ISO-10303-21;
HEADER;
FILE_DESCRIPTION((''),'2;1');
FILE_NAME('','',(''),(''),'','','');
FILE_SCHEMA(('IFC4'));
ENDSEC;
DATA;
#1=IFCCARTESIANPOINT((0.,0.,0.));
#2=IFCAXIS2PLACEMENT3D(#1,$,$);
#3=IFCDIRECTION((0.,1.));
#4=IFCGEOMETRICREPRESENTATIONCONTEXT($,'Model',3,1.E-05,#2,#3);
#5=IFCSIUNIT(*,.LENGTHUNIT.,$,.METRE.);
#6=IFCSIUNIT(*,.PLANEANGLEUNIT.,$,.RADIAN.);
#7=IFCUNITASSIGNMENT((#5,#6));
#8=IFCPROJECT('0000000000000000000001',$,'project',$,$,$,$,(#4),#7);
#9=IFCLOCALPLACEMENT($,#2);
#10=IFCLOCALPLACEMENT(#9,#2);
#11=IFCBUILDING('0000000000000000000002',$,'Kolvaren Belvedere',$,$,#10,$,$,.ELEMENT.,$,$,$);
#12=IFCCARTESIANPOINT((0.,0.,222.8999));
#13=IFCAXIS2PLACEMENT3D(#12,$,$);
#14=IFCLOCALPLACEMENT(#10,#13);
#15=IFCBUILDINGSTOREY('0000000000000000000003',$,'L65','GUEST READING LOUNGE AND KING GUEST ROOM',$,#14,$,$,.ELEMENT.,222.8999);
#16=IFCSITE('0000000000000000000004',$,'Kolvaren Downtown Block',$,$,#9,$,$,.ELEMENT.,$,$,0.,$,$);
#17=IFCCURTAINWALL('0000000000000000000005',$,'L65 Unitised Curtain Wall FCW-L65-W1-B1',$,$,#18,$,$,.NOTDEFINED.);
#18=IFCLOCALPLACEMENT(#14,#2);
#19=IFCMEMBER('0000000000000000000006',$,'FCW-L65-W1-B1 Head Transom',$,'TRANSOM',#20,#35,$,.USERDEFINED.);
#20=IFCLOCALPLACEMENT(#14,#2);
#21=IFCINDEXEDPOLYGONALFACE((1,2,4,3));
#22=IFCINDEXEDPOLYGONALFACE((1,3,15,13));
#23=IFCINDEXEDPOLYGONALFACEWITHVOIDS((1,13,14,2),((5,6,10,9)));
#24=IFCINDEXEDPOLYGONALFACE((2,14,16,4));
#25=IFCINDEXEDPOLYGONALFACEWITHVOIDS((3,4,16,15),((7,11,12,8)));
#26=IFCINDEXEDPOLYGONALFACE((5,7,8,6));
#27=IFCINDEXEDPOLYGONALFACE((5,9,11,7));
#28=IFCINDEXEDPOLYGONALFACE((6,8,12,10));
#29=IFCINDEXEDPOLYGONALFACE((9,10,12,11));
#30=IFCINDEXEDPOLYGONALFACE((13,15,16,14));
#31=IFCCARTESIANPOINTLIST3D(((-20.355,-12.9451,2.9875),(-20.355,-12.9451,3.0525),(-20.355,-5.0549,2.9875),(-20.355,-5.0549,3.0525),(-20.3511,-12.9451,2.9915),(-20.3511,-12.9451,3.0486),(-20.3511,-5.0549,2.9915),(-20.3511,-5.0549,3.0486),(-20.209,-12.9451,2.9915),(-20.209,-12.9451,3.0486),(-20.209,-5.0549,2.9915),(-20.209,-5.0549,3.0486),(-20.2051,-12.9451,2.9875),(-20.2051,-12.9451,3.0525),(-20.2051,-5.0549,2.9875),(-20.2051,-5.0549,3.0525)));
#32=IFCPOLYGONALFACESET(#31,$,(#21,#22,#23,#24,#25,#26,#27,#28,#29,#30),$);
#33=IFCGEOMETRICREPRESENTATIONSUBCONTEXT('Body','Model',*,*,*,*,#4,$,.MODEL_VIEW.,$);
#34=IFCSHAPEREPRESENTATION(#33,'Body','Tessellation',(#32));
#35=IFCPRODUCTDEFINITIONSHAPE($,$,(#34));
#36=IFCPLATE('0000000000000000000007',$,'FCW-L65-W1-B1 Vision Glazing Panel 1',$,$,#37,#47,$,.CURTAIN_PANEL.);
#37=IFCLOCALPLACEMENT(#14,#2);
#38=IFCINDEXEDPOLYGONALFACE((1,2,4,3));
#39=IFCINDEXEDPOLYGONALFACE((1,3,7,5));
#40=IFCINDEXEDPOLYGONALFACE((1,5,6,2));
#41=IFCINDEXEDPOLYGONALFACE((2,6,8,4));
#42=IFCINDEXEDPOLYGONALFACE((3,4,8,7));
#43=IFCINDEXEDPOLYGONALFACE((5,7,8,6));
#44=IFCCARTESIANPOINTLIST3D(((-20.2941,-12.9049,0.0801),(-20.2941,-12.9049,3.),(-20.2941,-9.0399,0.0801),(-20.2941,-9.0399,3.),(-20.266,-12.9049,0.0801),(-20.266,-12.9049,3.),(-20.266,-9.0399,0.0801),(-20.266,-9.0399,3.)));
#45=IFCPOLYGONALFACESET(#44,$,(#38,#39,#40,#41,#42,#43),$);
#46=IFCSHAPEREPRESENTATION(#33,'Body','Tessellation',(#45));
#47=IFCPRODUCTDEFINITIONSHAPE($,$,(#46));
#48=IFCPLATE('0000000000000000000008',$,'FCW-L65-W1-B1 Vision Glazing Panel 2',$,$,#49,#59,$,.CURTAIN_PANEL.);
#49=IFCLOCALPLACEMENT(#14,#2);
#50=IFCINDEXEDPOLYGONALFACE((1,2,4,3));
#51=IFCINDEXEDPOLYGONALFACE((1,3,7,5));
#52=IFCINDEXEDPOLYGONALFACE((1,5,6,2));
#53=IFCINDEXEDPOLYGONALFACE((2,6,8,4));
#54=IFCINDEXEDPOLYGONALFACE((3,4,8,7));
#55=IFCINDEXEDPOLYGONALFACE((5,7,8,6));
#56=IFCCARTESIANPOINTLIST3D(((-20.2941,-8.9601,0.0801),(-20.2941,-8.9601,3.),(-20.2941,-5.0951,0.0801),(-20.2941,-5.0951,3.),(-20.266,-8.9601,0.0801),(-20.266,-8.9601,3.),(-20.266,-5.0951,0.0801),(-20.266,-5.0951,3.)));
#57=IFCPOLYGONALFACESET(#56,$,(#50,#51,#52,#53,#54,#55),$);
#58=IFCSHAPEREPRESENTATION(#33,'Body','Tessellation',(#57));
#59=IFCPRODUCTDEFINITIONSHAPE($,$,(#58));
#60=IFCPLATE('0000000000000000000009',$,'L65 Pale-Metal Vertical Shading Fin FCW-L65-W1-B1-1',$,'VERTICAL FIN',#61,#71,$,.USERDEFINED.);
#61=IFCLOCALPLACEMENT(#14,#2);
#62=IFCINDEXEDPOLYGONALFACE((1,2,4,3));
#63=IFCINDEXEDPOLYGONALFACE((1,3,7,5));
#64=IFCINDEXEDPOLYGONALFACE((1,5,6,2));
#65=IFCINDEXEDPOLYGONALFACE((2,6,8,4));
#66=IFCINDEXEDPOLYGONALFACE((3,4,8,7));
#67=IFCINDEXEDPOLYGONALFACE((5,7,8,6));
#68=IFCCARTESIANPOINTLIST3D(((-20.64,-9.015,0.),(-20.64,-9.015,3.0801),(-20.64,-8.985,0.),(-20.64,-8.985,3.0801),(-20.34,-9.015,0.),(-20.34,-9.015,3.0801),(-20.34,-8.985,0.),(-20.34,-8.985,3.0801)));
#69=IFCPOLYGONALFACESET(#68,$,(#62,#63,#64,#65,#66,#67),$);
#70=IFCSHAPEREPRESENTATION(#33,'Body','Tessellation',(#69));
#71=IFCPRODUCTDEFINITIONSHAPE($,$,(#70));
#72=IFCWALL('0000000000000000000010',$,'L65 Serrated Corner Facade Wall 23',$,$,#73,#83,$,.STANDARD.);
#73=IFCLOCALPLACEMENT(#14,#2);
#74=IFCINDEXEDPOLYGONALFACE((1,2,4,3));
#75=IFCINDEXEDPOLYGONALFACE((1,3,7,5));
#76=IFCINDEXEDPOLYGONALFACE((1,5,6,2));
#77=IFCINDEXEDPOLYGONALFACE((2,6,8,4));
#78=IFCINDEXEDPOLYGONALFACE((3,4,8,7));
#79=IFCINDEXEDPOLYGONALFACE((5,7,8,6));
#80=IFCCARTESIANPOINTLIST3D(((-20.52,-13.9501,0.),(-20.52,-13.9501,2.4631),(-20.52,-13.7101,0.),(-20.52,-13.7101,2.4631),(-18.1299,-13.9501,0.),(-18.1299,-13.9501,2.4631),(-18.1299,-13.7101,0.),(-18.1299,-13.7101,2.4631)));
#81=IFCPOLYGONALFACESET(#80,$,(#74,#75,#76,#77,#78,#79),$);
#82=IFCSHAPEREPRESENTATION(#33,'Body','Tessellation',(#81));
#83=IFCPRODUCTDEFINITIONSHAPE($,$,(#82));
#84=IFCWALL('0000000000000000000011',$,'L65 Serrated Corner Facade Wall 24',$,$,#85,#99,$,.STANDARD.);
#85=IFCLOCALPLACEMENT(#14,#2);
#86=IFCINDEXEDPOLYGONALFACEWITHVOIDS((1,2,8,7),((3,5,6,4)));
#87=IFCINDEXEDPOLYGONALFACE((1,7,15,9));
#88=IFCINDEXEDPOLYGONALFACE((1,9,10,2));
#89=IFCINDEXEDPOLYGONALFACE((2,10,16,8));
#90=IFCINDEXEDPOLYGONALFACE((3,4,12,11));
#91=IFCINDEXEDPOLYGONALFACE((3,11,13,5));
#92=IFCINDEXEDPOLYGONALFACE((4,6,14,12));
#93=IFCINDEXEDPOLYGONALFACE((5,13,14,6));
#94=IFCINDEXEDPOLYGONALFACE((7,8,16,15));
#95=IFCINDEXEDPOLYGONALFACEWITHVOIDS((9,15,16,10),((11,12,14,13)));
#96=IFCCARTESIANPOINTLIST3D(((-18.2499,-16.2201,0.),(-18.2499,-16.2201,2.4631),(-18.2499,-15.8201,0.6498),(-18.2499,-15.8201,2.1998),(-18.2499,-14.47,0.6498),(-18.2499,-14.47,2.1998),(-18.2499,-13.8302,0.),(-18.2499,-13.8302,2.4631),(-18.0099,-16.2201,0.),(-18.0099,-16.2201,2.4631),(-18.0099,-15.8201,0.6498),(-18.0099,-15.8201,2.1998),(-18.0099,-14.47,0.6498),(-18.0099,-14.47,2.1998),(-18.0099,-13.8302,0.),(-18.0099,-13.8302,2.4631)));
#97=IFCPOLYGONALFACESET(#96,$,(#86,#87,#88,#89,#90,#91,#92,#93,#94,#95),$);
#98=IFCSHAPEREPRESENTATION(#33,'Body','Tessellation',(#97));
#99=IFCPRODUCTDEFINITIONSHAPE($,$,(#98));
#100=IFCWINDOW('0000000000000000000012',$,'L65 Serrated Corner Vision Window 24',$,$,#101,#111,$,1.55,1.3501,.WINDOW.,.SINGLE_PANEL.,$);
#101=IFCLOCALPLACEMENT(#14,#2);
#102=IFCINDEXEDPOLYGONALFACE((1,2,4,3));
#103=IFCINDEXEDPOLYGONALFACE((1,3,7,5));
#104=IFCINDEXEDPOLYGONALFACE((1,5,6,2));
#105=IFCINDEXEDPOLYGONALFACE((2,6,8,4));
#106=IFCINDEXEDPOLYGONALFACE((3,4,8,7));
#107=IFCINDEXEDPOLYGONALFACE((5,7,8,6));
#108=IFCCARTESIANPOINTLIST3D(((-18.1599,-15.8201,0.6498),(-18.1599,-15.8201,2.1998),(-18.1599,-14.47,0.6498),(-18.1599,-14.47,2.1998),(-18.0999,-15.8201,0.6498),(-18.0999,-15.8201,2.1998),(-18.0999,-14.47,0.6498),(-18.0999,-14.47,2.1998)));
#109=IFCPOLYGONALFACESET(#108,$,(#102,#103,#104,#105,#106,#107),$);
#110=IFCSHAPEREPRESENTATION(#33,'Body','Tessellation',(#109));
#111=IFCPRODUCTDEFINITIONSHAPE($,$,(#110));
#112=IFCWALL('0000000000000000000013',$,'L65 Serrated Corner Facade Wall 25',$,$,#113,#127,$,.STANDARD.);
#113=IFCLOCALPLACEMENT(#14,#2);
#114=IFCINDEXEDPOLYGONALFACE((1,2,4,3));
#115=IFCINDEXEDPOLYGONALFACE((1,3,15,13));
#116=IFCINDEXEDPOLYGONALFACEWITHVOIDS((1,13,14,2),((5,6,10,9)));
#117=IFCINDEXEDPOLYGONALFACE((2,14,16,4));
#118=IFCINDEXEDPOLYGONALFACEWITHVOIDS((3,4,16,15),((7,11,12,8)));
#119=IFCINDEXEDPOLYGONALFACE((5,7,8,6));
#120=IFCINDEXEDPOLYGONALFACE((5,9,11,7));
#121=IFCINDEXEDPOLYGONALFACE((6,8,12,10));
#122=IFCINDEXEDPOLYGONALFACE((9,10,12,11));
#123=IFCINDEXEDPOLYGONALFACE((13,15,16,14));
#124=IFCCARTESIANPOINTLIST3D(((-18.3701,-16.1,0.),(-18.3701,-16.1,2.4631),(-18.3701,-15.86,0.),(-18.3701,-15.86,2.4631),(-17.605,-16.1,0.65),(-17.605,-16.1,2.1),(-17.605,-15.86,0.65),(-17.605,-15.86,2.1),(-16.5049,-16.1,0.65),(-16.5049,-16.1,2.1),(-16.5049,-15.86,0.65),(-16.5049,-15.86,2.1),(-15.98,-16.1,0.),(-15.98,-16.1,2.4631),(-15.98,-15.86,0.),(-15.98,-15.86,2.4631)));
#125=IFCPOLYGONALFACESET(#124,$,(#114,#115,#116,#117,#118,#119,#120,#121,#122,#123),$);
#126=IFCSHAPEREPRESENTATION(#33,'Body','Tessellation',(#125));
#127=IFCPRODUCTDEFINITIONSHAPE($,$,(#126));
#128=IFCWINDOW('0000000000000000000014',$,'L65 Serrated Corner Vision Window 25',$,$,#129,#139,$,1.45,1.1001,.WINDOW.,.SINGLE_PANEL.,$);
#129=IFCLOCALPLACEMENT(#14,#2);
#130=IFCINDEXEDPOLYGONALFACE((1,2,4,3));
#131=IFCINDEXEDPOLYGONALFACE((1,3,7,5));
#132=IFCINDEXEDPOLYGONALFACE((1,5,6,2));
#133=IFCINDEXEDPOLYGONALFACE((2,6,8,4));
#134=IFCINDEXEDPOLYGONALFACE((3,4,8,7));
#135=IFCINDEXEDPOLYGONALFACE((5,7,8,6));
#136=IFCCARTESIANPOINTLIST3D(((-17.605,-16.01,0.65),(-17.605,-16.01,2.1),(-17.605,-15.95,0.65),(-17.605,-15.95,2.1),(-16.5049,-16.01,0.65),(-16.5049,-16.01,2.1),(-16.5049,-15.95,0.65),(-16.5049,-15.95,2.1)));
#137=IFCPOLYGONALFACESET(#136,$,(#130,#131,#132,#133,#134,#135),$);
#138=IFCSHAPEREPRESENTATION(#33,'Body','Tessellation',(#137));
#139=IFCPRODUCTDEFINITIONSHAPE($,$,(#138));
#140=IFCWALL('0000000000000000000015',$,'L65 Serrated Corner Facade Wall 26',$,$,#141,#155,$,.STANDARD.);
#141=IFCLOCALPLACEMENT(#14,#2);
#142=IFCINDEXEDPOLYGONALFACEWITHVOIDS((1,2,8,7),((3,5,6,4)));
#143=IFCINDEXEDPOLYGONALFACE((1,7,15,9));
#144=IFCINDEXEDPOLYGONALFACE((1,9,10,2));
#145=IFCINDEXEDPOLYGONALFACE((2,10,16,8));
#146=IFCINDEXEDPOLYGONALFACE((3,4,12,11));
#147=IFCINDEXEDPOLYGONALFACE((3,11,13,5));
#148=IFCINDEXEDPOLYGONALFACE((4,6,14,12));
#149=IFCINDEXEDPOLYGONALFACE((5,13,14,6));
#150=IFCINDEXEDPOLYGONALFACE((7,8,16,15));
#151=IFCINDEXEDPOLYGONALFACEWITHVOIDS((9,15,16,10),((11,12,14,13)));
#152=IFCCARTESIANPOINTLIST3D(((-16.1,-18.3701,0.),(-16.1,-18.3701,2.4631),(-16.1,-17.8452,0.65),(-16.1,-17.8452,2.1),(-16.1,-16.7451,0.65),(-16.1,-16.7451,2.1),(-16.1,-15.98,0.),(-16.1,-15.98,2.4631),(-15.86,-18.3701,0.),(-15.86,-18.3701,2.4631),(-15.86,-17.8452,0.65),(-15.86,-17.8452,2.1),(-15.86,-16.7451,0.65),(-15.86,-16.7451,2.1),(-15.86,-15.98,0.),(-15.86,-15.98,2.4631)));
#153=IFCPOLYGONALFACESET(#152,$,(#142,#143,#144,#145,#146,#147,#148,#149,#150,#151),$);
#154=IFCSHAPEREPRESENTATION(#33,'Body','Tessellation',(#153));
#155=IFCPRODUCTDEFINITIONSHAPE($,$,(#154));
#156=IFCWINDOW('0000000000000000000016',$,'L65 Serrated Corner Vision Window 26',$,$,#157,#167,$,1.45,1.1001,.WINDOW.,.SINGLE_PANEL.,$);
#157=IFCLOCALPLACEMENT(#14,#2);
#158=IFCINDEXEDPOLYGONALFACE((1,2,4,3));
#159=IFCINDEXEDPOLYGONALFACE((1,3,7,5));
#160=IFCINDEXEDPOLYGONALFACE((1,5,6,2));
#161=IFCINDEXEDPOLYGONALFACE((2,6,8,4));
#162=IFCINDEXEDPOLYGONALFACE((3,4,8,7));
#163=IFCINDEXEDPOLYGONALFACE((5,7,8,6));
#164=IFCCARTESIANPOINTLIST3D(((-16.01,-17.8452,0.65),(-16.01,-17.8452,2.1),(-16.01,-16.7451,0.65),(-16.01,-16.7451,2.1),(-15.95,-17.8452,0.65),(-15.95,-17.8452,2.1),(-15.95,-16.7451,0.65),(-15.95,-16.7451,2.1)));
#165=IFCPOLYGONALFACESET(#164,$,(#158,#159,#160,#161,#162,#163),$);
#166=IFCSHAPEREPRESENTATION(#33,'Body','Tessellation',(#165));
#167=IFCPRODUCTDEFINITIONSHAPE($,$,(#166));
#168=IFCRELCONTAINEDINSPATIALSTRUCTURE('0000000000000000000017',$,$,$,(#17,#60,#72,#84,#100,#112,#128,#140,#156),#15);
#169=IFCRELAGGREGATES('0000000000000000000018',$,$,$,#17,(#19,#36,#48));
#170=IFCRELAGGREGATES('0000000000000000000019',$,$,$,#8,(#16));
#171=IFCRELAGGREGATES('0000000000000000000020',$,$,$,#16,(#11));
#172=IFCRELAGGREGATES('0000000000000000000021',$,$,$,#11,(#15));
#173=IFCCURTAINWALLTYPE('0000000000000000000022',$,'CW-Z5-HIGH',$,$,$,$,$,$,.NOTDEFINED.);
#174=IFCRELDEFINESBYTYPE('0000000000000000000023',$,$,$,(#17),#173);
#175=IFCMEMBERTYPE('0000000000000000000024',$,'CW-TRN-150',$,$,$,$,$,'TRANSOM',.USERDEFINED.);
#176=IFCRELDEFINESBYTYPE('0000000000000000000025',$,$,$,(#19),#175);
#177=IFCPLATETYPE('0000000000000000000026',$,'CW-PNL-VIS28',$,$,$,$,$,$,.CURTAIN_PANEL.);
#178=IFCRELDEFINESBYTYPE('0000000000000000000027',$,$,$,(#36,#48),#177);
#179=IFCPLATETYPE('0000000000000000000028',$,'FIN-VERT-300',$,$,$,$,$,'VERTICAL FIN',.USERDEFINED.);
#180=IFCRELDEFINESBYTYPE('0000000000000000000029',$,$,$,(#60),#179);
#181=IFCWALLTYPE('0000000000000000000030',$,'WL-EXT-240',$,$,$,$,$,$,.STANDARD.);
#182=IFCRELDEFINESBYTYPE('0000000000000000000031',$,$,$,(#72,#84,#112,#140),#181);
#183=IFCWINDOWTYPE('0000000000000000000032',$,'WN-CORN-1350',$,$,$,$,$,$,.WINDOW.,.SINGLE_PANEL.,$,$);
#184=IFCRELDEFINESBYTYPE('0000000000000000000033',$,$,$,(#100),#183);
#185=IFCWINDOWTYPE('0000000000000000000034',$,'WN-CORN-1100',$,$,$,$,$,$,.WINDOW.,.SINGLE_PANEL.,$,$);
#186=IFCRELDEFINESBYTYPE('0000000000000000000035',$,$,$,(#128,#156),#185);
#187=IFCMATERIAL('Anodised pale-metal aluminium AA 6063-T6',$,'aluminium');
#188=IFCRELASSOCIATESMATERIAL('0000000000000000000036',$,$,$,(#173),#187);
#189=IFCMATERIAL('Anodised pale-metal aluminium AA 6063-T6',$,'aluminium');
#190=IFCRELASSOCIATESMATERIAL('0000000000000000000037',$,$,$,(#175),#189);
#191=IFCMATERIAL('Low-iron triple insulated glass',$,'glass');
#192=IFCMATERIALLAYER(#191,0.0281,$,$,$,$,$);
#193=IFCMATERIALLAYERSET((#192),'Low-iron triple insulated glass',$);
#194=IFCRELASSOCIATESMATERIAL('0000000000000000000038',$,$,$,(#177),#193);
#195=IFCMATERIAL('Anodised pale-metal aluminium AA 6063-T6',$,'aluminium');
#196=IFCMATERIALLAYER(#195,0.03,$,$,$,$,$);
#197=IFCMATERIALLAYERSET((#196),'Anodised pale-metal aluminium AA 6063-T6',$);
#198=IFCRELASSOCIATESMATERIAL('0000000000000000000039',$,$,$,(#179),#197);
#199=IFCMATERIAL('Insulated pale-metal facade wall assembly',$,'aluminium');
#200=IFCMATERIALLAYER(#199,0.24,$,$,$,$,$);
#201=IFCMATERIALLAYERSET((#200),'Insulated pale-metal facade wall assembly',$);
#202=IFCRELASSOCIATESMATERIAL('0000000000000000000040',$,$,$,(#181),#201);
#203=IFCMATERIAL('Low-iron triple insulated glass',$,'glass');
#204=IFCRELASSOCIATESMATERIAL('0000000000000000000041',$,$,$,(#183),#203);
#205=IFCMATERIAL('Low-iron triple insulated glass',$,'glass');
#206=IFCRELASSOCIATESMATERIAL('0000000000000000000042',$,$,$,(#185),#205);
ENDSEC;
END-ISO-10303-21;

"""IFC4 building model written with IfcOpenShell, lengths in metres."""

from ifc_helpers import new_model, si_unit, direction, frame, frame_2d, origin, origin_2d, place, context, subcontext, project, spatial, rectangle, hollow_rectangle, extrude, material, layer, layer_set, material_profile, profile_set, type_object, element, fill, aggregate, save


model = new_model("IFC4")

# Units and contexts
model_context = context("Model", 3, precision=1e-05, world=origin(), true_north=direction((0.0, 1.0)))
body_context = subcontext(model_context, "Body", "Model", "MODEL_VIEW")
ifc_project = project(units=[si_unit("LENGTHUNIT", "METRE"), si_unit("PLANEANGLEUNIT", "RADIAN")], contexts=[model_context])

# Site, building, storey
site_placement = place(None, origin())
site = spatial("IfcSite", under=ifc_project, at=site_placement, Name="Kolvaren Downtown Block", CompositionType="ELEMENT", RefElevation=0.0)
building_placement = place(site_placement, origin())
building = spatial("IfcBuilding", under=site, at=building_placement, Name="Kolvaren Belvedere", CompositionType="ELEMENT")
storey_placement = place(building_placement, frame((0.0, 0.0, 222.8999)))
storey = spatial("IfcBuildingStorey", under=building, at=storey_placement, Name="L65", Description="GUEST READING LOUNGE AND KING GUEST ROOM", CompositionType="ELEMENT", Elevation=222.8999)

# Curtain wall, member, plates
ifc_material_1 = material(Name="Anodised pale-metal aluminium AA 6063-T6", Category="aluminium")
curtain_wall_type = type_object("IfcCurtainWallType", Name="CW-Z5-HIGH", PredefinedType="NOTDEFINED", material=ifc_material_1)
curtain_wall_placement = place(storey_placement, origin())
curtain_wall = element("IfcCurtainWall", 1, at=curtain_wall_placement, inside=storey, type_object=curtain_wall_type, Name="L65 Unitised Curtain Wall FCW-L65-W1-B1", PredefinedType="NOTDEFINED")
ifc_material_2 = material(Name="Anodised pale-metal aluminium AA 6063-T6", Category="aluminium")
ifc_material_profile_1 = material_profile(ifc_material_2, hollow_rectangle(XDim=0.0649, YDim=0.1499, WallThickness=0.0039, at=origin_2d()), Name="ALU-TRN-150X65")
ifc_profile_set_1 = profile_set([ifc_material_profile_1], Name="Anodised pale-metal aluminium AA 6063-T6")
member_type_1 = type_object("IfcMemberType", Name="CW-TRN-150", ElementType="TRANSOM", PredefinedType="USERDEFINED", material=ifc_profile_set_1)
member_1_placement = place(storey_placement, frame((-20.28, -12.9451, 3.02), z_axis=(0.0, 1.0, 0.0), x_axis=(0.0, 0.0, 1.0)))
member_1 = element("IfcMember", 2, at=member_1_placement, type_object=member_type_1, Name="FCW-L65-W1-B1 Head Transom", ObjectType="TRANSOM", PredefinedType="USERDEFINED", context=body_context, shape_type="SweptSolid", body=[
    extrude(hollow_rectangle(XDim=0.0649, YDim=0.1499, WallThickness=0.0039, at=origin_2d()), origin(), (0.0, 0.0, 1.0), 7.8901),
])
ifc_material_3 = material(Name="Low-iron triple insulated glass", Category="glass")
ifc_layer_1 = layer(ifc_material_3, 0.0281)
ifc_layer_set_1 = layer_set([ifc_layer_1], Name="Low-iron triple insulated glass")
plate_type_1 = type_object("IfcPlateType", Name="CW-PNL-VIS28", PredefinedType="CURTAIN_PANEL", material=ifc_layer_set_1)
plate_1_placement = place(storey_placement, frame((-20.28, -10.9724, 0.0801), z_axis=(0.0, 0.0, 1.0), x_axis=(0.0, 1.0, 0.0)))
plate_1 = element("IfcPlate", 3, at=plate_1_placement, type_object=plate_type_1, Name="FCW-L65-W1-B1 Vision Glazing Panel 1", PredefinedType="CURTAIN_PANEL", context=body_context, shape_type="SweptSolid", body=[
    extrude(rectangle(XDim=3.865, YDim=0.0281, at=origin_2d()), origin(), (0.0, 0.0, 1.0), 2.9199),
])
plate_2_placement = place(storey_placement, frame((-20.28, -7.0276, 0.0801), z_axis=(0.0, 0.0, 1.0), x_axis=(0.0, 1.0, 0.0)))
plate_2 = element("IfcPlate", 4, at=plate_2_placement, type_object=plate_type_1, Name="FCW-L65-W1-B1 Vision Glazing Panel 2", PredefinedType="CURTAIN_PANEL", context=body_context, shape_type="SweptSolid", body=[
    extrude(rectangle(XDim=3.865, YDim=0.0281, at=origin_2d()), origin(), (0.0, 0.0, 1.0), 2.9199),
])
aggregate(curtain_wall, [member_1, plate_1, plate_2])

# Plate
ifc_material_4 = material(Name="Anodised pale-metal aluminium AA 6063-T6", Category="aluminium")
ifc_layer_2 = layer(ifc_material_4, 0.03)
ifc_layer_set_2 = layer_set([ifc_layer_2], Name="Anodised pale-metal aluminium AA 6063-T6")
plate_type_2 = type_object("IfcPlateType", Name="FIN-VERT-300", ElementType="VERTICAL FIN", PredefinedType="USERDEFINED", material=ifc_layer_set_2)
plate_3_placement = place(storey_placement, frame((-20.49, -9.0, 0.0), z_axis=(0.0, 0.0, 1.0), x_axis=(1.0, 0.0, 0.0)))
element("IfcPlate", 5, at=plate_3_placement, inside=storey, type_object=plate_type_2, Name="L65 Pale-Metal Vertical Shading Fin FCW-L65-W1-B1-1", ObjectType="VERTICAL FIN", PredefinedType="USERDEFINED", context=body_context, shape_type="SweptSolid", body=[
    extrude(rectangle(XDim=0.3, YDim=0.03, at=origin_2d()), origin(), (0.0, 0.0, 1.0), 3.0801),
])

# Wall
ifc_material_5 = material(Name="Insulated pale-metal facade wall assembly", Category="aluminium")
ifc_layer_3 = layer(ifc_material_5, 0.24)
ifc_layer_set_3 = layer_set([ifc_layer_3], Name="Insulated pale-metal facade wall assembly")
wall_type_1 = type_object("IfcWallType", Name="WL-EXT-240", PredefinedType="STANDARD", material=ifc_layer_set_3)
wall_1_placement = place(storey_placement, frame((-18.1299, -13.8301, 0.0), z_axis=(0.0, 0.0, 1.0), x_axis=(-1.0, 0.0, 0.0)))
element("IfcWall", 6, at=wall_1_placement, inside=storey, type_object=wall_type_1, Name="L65 Serrated Corner Facade Wall 23", PredefinedType="STANDARD", context=body_context, shape_type="SweptSolid", body=[
    extrude(rectangle(XDim=2.3901, YDim=0.24, at=frame_2d((1.1951, 0.0))), origin(), (0.0, 0.0, 1.0), 2.4631),
])

# Walls, openings, windows
wall_2_placement = place(storey_placement, frame((-18.1299, -16.22, 0.0), z_axis=(0.0, 0.0, 1.0), x_axis=(0.0, 1.0, 0.0)))
wall_2 = element("IfcWall", 7, at=wall_2_placement, inside=storey, type_object=wall_type_1, Name="L65 Serrated Corner Facade Wall 24", PredefinedType="STANDARD", context=body_context, shape_type="SweptSolid", body=[
    extrude(rectangle(XDim=2.3899, YDim=0.24, at=frame_2d((1.1948, 0.0))), origin(), (0.0, 0.0, 1.0), 2.4631),
])
opening_1_placement = place(wall_2_placement, frame((0.3999, 0.0, 0.6499)))
opening_1 = element("IfcOpeningElement", 8, at=opening_1_placement, cuts=wall_2, PredefinedType="OPENING", context=body_context, shape_type="SweptSolid", body=[
    extrude(rectangle(XDim=1.3501, YDim=1.55, at=frame_2d((0.675, 0.7749))), frame((0.0, 0.1299, 0.0), z_axis=(0.0, -1.0, 0.0), x_axis=(1.0, 0.0, 0.0)), (0.0, 0.0, 1.0), 0.26),
])
ifc_material_6 = material(Name="Low-iron triple insulated glass", Category="glass")
window_type_1 = type_object("IfcWindowType", Name="WN-CORN-1350", PartitioningType="SINGLE_PANEL", PredefinedType="WINDOW", material=ifc_material_6)
window_1_placement = place(opening_1_placement, origin())
window_1 = element("IfcWindow", 9, at=window_1_placement, inside=storey, type_object=window_type_1, Name="L65 Serrated Corner Vision Window 24", OverallHeight=1.55, OverallWidth=1.3501, PartitioningType="SINGLE_PANEL", PredefinedType="WINDOW", context=body_context, shape_type="SweptSolid", body=[
    extrude(rectangle(XDim=1.3501, YDim=1.55, at=frame_2d((0.675, 0.7749))), frame((0.0, 0.03, 0.0), z_axis=(0.0, -1.0, 0.0), x_axis=(1.0, 0.0, 0.0)), (0.0, 0.0, 1.0), 0.0601),
])
fill(opening_1, window_1)
wall_3_placement = place(storey_placement, frame((-15.98, -15.98, 0.0), z_axis=(0.0, 0.0, 1.0), x_axis=(-1.0, 0.0, 0.0)))
wall_3 = element("IfcWall", 10, at=wall_3_placement, inside=storey, type_object=wall_type_1, Name="L65 Serrated Corner Facade Wall 25", PredefinedType="STANDARD", context=body_context, shape_type="SweptSolid", body=[
    extrude(rectangle(XDim=2.3901, YDim=0.24, at=frame_2d((1.1951, 0.0))), origin(), (0.0, 0.0, 1.0), 2.4631),
])
opening_2_placement = place(wall_3_placement, frame((0.5249, 0.0, 0.6499)))
opening_2 = element("IfcOpeningElement", 11, at=opening_2_placement, cuts=wall_3, PredefinedType="OPENING", context=body_context, shape_type="SweptSolid", body=[
    extrude(rectangle(XDim=1.1001, YDim=1.45, at=frame_2d((0.55, 0.7251))), frame((0.0, 0.1299, 0.0), z_axis=(0.0, -1.0, 0.0), x_axis=(1.0, 0.0, 0.0)), (0.0, 0.0, 1.0), 0.26),
])
ifc_material_7 = material(Name="Low-iron triple insulated glass", Category="glass")
window_type_2 = type_object("IfcWindowType", Name="WN-CORN-1100", PartitioningType="SINGLE_PANEL", PredefinedType="WINDOW", material=ifc_material_7)
window_2_placement = place(opening_2_placement, origin())
window_2 = element("IfcWindow", 12, at=window_2_placement, inside=storey, type_object=window_type_2, Name="L65 Serrated Corner Vision Window 25", OverallHeight=1.45, OverallWidth=1.1001, PartitioningType="SINGLE_PANEL", PredefinedType="WINDOW", context=body_context, shape_type="SweptSolid", body=[
    extrude(rectangle(XDim=1.1001, YDim=1.45, at=frame_2d((0.55, 0.7251))), frame((0.0, 0.03, 0.0), z_axis=(0.0, -1.0, 0.0), x_axis=(1.0, 0.0, 0.0)), (0.0, 0.0, 1.0), 0.0601),
])
fill(opening_2, window_2)
wall_4_placement = place(storey_placement, frame((-15.98, -18.3701, 0.0), z_axis=(0.0, 0.0, 1.0), x_axis=(0.0, 1.0, 0.0)))
wall_4 = element("IfcWall", 13, at=wall_4_placement, inside=storey, type_object=wall_type_1, Name="L65 Serrated Corner Facade Wall 26", PredefinedType="STANDARD", context=body_context, shape_type="SweptSolid", body=[
    extrude(rectangle(XDim=2.3901, YDim=0.24, at=frame_2d((1.1951, 0.0))), origin(), (0.0, 0.0, 1.0), 2.4631),
])
opening_3_placement = place(wall_4_placement, frame((0.5249, 0.0, 0.6499)))
opening_3 = element("IfcOpeningElement", 14, at=opening_3_placement, cuts=wall_4, PredefinedType="OPENING", context=body_context, shape_type="SweptSolid", body=[
    extrude(rectangle(XDim=1.1001, YDim=1.45, at=frame_2d((0.55, 0.7251))), frame((0.0, 0.1299, 0.0), z_axis=(0.0, -1.0, 0.0), x_axis=(1.0, 0.0, 0.0)), (0.0, 0.0, 1.0), 0.26),
])
window_3_placement = place(opening_3_placement, origin())
window_3 = element("IfcWindow", 15, at=window_3_placement, inside=storey, type_object=window_type_2, Name="L65 Serrated Corner Vision Window 26", OverallHeight=1.45, OverallWidth=1.1001, PartitioningType="SINGLE_PANEL", PredefinedType="WINDOW", context=body_context, shape_type="SweptSolid", body=[
    extrude(rectangle(XDim=1.1001, YDim=1.45, at=frame_2d((0.55, 0.7251))), frame((0.0, 0.03, 0.0), z_axis=(0.0, -1.0, 0.0), x_axis=(1.0, 0.0, 0.0)), (0.0, 0.0, 1.0), 0.0601),
])
fill(opening_3, window_3)

save(model, "model.ifc")
